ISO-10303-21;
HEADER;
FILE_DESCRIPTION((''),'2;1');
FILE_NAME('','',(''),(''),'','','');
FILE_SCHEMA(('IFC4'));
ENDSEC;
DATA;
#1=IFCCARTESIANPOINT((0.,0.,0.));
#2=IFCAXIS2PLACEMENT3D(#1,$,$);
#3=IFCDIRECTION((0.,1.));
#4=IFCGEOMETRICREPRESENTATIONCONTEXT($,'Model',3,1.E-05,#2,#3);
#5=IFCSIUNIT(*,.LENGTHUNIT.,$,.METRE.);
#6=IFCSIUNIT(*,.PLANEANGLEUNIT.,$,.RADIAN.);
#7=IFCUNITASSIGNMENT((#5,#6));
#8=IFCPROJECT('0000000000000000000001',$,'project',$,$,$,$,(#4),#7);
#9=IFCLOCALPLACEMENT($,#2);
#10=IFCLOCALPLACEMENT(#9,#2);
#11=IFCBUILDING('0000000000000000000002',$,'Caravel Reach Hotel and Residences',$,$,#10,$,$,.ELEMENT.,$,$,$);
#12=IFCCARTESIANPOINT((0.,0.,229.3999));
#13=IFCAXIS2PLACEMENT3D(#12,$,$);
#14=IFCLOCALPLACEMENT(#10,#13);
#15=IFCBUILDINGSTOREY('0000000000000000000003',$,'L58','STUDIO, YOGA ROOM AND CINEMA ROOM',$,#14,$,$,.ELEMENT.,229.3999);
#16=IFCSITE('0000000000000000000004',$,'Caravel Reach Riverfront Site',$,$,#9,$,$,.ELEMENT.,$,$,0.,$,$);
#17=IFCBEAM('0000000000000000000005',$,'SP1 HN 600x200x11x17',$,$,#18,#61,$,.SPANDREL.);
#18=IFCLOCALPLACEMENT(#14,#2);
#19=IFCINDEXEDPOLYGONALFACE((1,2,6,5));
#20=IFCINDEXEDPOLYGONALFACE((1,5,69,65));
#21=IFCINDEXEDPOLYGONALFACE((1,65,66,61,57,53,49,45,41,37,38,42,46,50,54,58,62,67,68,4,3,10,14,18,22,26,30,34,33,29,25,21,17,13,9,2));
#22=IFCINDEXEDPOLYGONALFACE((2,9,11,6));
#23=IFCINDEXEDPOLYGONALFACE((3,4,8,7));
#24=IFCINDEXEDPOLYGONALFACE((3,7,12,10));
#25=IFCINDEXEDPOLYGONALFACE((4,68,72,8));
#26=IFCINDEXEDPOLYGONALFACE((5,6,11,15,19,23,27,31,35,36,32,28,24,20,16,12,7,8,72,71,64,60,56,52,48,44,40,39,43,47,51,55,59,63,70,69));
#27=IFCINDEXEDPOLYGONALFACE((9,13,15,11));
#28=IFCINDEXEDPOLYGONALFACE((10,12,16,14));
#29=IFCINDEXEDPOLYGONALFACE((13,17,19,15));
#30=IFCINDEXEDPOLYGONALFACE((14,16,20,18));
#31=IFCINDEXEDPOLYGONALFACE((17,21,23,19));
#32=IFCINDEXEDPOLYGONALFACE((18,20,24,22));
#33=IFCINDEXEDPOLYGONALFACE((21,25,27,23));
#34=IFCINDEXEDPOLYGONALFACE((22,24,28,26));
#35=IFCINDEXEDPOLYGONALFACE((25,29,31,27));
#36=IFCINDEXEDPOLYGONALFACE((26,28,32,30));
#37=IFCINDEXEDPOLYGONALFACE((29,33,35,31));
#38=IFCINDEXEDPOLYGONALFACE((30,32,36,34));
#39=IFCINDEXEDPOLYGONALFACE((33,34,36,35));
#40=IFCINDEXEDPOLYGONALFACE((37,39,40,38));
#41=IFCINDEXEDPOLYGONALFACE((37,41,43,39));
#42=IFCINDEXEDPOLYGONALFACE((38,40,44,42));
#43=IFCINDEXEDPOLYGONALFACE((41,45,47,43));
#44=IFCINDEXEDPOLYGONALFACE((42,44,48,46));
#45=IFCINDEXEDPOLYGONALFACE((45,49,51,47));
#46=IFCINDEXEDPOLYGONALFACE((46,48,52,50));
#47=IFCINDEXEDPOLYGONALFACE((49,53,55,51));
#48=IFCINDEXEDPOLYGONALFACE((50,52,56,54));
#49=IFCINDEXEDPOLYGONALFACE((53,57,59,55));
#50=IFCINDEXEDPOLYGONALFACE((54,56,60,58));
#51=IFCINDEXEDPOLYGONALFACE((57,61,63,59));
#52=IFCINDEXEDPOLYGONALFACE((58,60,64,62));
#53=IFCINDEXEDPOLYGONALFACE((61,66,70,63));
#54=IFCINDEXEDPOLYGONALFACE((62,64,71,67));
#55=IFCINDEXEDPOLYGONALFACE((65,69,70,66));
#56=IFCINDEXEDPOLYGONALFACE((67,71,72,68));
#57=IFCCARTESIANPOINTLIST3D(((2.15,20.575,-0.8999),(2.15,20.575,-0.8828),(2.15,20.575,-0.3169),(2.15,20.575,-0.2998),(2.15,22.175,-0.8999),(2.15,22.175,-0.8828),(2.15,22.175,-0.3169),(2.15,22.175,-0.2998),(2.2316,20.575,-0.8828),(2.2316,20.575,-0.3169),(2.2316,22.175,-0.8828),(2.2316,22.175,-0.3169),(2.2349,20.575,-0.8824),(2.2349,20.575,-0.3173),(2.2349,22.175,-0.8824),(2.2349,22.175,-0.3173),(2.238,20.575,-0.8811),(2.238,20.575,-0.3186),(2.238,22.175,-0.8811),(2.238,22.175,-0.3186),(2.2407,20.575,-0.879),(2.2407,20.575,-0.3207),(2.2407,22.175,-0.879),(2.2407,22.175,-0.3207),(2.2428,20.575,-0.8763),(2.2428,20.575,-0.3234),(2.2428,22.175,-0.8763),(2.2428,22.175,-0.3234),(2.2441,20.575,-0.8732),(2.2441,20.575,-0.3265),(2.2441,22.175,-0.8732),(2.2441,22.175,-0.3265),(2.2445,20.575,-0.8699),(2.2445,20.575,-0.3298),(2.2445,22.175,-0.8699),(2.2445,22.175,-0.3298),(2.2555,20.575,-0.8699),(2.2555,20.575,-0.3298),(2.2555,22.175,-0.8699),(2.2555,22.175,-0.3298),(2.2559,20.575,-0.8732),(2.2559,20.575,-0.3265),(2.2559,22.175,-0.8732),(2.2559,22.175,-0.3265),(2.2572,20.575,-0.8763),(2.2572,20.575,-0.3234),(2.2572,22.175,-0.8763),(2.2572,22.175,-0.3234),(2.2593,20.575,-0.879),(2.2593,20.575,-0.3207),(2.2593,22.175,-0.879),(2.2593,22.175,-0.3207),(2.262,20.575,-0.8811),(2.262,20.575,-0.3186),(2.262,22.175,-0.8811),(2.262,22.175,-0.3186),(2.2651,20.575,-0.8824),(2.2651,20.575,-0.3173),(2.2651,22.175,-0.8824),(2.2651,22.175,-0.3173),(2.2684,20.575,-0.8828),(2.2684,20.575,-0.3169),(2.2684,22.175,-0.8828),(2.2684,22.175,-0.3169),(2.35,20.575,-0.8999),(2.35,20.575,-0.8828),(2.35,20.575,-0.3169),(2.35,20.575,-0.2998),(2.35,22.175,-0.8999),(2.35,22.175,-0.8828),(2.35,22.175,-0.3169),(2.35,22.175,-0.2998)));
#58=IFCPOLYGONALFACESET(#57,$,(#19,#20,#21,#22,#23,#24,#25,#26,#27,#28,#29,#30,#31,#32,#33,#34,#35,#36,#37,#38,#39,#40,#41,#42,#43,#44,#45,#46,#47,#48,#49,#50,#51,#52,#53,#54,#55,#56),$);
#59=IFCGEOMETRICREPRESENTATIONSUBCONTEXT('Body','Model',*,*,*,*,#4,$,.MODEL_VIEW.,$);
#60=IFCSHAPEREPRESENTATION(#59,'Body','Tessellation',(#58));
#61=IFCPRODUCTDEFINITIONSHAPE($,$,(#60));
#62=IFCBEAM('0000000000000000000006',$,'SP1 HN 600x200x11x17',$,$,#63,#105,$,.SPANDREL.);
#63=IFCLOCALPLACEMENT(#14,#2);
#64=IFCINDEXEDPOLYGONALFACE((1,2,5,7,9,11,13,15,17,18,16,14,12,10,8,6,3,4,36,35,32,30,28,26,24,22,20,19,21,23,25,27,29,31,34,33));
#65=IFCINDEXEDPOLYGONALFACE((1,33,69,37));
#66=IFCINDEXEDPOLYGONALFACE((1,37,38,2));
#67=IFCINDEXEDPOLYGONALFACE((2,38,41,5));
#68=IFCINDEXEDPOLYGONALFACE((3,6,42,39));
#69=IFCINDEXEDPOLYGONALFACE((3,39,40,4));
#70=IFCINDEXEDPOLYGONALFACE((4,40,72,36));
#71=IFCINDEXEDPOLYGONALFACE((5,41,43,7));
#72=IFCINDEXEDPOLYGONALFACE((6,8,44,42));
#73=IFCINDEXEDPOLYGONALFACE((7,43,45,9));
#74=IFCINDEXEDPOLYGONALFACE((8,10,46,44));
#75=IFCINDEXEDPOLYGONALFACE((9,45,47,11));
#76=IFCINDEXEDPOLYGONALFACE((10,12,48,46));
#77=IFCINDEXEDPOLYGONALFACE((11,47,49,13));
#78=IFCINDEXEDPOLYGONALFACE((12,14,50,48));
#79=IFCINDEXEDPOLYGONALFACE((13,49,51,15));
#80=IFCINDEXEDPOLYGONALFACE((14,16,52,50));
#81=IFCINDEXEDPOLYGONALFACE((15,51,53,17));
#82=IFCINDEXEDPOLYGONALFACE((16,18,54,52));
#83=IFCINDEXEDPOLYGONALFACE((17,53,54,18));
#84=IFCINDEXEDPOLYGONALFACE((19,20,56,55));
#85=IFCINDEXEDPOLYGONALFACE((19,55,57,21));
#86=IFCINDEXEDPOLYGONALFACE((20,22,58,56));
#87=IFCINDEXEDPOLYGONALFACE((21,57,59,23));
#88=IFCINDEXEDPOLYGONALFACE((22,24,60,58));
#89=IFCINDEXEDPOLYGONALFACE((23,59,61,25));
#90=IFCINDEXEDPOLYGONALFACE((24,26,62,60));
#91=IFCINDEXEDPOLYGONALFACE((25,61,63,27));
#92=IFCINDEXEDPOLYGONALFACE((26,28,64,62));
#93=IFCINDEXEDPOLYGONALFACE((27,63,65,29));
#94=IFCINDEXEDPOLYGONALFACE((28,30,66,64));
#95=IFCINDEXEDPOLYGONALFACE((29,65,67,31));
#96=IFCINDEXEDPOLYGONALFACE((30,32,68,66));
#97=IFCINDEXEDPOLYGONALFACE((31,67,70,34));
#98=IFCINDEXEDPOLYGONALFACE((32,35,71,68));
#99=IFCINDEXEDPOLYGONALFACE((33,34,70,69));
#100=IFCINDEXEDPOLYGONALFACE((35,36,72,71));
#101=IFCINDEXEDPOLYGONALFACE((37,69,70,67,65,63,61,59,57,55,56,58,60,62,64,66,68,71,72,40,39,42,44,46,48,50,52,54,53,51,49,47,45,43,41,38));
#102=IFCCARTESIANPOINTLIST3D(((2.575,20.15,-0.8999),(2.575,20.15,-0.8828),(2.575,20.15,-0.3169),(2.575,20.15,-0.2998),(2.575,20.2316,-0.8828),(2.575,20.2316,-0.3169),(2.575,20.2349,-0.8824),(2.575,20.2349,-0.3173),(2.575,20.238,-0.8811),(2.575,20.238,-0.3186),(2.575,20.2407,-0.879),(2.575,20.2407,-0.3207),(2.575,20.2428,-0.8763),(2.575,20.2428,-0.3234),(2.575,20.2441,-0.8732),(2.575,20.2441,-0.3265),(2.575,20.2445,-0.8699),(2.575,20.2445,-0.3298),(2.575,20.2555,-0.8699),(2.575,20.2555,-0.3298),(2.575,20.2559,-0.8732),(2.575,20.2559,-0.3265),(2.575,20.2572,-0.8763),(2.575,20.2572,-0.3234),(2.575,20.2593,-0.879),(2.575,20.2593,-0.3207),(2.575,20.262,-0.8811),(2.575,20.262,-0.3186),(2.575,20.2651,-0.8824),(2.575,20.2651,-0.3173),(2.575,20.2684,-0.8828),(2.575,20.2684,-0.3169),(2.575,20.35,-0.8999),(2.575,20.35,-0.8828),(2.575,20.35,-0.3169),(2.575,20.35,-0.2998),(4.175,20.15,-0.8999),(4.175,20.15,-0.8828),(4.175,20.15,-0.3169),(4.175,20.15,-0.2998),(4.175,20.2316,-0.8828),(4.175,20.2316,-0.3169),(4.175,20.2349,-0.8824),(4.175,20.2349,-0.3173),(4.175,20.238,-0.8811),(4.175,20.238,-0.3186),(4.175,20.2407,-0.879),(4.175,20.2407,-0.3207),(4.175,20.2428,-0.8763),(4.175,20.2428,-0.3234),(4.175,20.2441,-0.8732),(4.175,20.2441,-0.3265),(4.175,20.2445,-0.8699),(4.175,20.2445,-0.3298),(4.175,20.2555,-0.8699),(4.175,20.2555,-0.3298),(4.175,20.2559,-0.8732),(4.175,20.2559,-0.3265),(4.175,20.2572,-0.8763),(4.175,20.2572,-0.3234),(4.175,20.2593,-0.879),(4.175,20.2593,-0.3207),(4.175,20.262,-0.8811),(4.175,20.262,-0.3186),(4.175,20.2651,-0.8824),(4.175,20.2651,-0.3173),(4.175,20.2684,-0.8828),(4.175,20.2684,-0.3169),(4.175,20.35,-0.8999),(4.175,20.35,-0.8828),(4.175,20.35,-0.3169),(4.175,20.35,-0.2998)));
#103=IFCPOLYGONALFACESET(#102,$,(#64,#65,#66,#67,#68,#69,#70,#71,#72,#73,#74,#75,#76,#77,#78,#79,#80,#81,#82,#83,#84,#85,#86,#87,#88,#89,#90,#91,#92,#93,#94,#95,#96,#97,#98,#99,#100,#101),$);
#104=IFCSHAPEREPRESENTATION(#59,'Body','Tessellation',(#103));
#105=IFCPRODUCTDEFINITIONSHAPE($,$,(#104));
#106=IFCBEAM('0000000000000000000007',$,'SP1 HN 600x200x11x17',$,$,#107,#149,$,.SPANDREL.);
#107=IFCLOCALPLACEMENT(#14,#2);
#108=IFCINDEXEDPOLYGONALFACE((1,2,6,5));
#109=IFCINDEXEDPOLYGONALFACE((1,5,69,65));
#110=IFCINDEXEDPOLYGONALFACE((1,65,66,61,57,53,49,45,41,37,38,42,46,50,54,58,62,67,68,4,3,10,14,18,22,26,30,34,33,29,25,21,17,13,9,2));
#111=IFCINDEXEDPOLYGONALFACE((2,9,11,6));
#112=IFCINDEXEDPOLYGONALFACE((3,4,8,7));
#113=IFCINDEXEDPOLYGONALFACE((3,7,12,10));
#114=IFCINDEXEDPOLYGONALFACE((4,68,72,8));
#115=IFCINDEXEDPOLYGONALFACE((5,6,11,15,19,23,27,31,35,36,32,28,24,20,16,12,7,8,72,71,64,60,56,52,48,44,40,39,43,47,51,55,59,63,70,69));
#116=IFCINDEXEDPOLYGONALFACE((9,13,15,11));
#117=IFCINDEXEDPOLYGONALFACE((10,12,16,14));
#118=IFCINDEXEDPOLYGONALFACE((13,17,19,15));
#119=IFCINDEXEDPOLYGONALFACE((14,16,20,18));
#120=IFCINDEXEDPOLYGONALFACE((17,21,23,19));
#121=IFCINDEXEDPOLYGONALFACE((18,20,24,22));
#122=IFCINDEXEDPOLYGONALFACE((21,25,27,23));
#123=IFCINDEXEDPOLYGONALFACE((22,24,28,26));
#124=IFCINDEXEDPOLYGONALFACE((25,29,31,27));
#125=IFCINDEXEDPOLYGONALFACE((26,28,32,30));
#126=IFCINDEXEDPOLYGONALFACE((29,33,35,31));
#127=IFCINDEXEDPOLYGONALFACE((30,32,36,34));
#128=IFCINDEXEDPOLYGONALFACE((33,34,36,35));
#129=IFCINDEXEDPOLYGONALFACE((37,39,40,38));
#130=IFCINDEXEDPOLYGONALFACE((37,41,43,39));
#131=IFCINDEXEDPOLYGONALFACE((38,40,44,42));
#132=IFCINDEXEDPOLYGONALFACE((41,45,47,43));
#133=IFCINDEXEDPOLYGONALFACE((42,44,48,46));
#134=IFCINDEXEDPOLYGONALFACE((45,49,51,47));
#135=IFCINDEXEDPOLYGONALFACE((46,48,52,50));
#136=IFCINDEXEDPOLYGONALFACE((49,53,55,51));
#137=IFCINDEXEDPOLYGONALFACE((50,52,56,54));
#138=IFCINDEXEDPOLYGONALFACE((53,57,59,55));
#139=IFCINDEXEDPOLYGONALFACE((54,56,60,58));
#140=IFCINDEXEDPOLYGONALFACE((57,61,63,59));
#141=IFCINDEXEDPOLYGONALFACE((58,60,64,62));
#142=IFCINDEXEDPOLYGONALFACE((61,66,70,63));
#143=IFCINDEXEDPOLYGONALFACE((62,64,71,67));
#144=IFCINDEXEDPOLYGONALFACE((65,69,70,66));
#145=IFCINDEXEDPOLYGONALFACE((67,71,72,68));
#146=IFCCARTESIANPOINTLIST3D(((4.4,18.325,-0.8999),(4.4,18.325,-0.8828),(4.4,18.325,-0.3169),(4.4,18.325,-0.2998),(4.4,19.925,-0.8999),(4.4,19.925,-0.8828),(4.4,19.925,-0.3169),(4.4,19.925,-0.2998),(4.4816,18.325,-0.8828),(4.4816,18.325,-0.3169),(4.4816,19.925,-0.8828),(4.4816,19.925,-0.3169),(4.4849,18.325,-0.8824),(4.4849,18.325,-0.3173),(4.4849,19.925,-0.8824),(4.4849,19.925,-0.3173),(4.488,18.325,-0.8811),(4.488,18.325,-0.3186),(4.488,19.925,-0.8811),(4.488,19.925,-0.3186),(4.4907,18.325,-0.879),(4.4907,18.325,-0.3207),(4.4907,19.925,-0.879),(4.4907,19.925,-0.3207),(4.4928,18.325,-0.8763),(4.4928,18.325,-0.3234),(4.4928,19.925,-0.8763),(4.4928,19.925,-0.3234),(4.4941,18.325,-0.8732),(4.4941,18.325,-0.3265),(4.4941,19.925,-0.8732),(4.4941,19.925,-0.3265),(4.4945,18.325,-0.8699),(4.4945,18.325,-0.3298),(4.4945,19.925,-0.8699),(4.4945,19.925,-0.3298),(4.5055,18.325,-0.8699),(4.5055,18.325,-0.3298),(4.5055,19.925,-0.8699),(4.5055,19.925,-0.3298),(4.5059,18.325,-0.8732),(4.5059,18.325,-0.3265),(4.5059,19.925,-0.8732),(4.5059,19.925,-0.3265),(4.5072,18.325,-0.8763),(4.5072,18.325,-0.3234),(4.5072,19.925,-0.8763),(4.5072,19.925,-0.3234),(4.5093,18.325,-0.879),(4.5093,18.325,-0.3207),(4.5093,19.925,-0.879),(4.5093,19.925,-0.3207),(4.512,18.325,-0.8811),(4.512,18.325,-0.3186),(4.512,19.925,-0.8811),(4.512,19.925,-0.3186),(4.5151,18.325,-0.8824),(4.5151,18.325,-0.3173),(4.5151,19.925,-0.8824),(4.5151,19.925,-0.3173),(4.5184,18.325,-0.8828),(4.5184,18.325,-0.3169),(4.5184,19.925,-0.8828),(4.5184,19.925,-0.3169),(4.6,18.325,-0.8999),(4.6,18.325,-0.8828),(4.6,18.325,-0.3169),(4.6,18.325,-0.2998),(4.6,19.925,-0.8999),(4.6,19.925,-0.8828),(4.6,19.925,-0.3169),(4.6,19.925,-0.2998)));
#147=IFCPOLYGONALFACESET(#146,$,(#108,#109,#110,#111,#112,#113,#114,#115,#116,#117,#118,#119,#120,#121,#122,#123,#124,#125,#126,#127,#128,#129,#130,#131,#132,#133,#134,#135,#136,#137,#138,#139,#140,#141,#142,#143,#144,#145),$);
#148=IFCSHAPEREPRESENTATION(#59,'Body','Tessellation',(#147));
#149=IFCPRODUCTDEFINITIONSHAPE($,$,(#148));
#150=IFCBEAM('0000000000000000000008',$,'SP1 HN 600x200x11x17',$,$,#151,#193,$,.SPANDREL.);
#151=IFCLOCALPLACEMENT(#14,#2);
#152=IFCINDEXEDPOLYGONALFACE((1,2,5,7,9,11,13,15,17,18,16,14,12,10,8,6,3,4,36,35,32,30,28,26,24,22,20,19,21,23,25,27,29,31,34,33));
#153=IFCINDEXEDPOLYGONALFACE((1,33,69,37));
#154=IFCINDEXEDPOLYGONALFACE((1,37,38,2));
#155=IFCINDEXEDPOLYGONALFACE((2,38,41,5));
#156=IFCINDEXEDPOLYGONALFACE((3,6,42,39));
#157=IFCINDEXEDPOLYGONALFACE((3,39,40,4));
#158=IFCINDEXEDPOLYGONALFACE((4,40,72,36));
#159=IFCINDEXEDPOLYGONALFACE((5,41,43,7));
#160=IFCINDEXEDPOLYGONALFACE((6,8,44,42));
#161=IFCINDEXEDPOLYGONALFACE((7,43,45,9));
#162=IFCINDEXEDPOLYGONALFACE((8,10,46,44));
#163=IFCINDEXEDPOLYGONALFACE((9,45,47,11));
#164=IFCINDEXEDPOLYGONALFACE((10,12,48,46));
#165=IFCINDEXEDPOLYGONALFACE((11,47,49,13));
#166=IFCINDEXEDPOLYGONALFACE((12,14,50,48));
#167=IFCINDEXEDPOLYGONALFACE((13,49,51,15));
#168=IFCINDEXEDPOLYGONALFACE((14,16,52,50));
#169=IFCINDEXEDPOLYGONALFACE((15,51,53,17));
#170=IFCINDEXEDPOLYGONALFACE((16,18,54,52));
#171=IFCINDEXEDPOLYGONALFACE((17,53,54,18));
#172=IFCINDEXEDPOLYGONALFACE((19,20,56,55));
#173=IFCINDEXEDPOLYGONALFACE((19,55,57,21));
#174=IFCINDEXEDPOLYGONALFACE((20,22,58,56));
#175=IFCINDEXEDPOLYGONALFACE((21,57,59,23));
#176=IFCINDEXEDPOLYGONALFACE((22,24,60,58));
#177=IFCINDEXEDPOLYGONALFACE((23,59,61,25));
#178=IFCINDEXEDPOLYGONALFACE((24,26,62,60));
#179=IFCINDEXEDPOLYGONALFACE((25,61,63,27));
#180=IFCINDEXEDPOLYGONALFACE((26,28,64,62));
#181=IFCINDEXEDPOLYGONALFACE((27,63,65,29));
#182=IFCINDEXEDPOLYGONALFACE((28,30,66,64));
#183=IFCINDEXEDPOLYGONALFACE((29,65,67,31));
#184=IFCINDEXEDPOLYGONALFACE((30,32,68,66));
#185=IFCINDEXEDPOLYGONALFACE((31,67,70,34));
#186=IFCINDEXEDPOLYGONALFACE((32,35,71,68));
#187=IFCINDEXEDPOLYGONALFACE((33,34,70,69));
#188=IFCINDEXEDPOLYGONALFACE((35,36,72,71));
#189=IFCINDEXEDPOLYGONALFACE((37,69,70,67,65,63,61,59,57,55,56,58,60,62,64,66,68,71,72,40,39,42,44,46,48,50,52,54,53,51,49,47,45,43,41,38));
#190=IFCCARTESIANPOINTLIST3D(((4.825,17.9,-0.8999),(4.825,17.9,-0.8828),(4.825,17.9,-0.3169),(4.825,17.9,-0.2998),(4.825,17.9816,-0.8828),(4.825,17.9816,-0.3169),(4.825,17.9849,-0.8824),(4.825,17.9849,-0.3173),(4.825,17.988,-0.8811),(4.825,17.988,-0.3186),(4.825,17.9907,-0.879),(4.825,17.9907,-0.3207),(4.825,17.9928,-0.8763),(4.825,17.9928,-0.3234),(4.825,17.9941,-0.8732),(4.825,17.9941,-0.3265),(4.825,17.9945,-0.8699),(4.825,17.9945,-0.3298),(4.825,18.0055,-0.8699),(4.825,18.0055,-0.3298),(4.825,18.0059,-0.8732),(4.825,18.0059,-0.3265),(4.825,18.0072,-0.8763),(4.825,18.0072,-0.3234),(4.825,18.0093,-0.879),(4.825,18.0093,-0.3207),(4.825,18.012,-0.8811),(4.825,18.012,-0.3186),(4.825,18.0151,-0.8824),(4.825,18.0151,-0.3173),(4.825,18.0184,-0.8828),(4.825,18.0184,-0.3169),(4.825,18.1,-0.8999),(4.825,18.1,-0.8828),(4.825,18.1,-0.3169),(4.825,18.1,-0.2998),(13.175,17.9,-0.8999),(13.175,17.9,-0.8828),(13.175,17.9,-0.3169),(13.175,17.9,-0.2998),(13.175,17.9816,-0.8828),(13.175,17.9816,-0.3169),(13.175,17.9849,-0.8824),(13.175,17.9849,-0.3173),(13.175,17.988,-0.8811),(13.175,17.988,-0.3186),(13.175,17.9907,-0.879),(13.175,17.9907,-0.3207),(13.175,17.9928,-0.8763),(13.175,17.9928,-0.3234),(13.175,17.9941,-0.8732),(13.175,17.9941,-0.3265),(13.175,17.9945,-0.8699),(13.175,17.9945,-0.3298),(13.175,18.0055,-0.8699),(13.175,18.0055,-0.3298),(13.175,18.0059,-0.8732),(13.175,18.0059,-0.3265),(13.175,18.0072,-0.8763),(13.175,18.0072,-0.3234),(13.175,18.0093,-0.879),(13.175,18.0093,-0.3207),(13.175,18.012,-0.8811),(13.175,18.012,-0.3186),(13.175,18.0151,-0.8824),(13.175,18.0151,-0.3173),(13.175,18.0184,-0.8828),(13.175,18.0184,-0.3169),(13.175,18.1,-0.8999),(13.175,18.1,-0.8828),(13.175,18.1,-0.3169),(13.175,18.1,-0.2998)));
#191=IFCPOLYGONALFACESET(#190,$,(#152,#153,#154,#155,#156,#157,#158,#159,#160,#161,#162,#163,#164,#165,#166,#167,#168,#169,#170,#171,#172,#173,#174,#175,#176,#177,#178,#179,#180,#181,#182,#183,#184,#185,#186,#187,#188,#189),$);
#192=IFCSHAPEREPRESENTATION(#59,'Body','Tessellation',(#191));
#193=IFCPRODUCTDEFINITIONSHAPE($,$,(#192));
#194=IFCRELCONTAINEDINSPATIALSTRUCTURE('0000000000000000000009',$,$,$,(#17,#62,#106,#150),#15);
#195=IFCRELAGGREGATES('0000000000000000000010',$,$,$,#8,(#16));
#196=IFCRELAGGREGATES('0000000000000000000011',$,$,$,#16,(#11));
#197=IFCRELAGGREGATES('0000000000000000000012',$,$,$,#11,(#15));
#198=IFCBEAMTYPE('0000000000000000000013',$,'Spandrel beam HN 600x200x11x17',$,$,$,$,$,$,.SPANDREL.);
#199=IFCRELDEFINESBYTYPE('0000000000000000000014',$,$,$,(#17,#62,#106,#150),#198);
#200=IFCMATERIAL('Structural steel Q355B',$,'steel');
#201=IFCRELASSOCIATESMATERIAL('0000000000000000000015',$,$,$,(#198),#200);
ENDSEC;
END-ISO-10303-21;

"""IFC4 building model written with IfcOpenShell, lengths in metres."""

from ifc_helpers import new_model, si_unit, direction, frame, origin, origin_2d, place, context, subcontext, project, spatial, i_section, extrude, material, material_profile, profile_set, type_object, element, save


model = new_model("IFC4")

# Units and contexts
model_context = context("Model", 3, precision=1e-05, world=origin(), true_north=direction((0.0, 1.0)))
body_context = subcontext(model_context, "Body", "Model", "MODEL_VIEW")
ifc_project = project(units=[si_unit("LENGTHUNIT", "METRE"), si_unit("PLANEANGLEUNIT", "RADIAN")], contexts=[model_context])

# Site, building, storey
site_placement = place(None, origin())
site = spatial("IfcSite", under=ifc_project, at=site_placement, Name="Caravel Reach Riverfront Site", CompositionType="ELEMENT", RefElevation=0.0)
building_placement = place(site_placement, origin())
building = spatial("IfcBuilding", under=site, at=building_placement, Name="Caravel Reach Hotel and Residences", CompositionType="ELEMENT")
storey_placement = place(building_placement, frame((0.0, 0.0, 229.3999)))
storey = spatial("IfcBuildingStorey", under=building, at=storey_placement, Name="L58", Description="STUDIO, YOGA ROOM AND CINEMA ROOM", CompositionType="ELEMENT", Elevation=229.3999)

# Beams
ifc_material_1 = material(Name="Structural steel Q355B", Category="steel")
ifc_material_profile_1 = material_profile(ifc_material_1, i_section(OverallWidth=0.2, OverallDepth=0.6001, WebThickness=0.011, FlangeThickness=0.0171, FilletRadius=0.0129, at=origin_2d()), Name="HN 600x200x11x17")
ifc_profile_set_1 = profile_set([ifc_material_profile_1], Name="Structural steel Q355B")
beam_type_1 = type_object("IfcBeamType", Name="Spandrel beam HN 600x200x11x17", PredefinedType="SPANDREL", material=ifc_profile_set_1)
for number, where, z_axis, x_axis, name in (
    (1, (2.25, 22.175, -0.5999), (0.0, -1.0, 0.0), (1.0, 0.0, 0.0), "SP1 HN 600x200x11x17"),
    (2, (2.575, 20.25, -0.5999), (1.0, 0.0, 0.0), (0.0, 1.0, 0.0), "SP1 HN 600x200x11x17"),
    (3, (4.5, 19.925, -0.5999), (0.0, -1.0, 0.0), (1.0, 0.0, 0.0), "SP1 HN 600x200x11x17"),
):
    element("IfcBeam", number, at=place(storey_placement, frame(where, z_axis=z_axis, x_axis=x_axis)), inside=storey, type_object=beam_type_1, Name=name, PredefinedType="SPANDREL", context=body_context, shape_type="SweptSolid", body=[
        extrude(i_section(OverallWidth=0.2, OverallDepth=0.6001, WebThickness=0.011, FlangeThickness=0.0171, FilletRadius=0.0129, at=origin_2d()), origin(), (0.0, 0.0, 1.0), 1.6001),
    ])
beam_1_placement = place(storey_placement, frame((4.825, 18.0, -0.5999), z_axis=(1.0, 0.0, 0.0), x_axis=(0.0, 1.0, 0.0)))
element("IfcBeam", 4, at=beam_1_placement, inside=storey, type_object=beam_type_1, Name="SP1 HN 600x200x11x17", PredefinedType="SPANDREL", context=body_context, shape_type="SweptSolid", body=[
    extrude(i_section(OverallWidth=0.2, OverallDepth=0.6001, WebThickness=0.011, FlangeThickness=0.0171, FilletRadius=0.0129, at=origin_2d()), origin(), (0.0, 0.0, 1.0), 8.3501),
])

save(model, "model.ifc")
